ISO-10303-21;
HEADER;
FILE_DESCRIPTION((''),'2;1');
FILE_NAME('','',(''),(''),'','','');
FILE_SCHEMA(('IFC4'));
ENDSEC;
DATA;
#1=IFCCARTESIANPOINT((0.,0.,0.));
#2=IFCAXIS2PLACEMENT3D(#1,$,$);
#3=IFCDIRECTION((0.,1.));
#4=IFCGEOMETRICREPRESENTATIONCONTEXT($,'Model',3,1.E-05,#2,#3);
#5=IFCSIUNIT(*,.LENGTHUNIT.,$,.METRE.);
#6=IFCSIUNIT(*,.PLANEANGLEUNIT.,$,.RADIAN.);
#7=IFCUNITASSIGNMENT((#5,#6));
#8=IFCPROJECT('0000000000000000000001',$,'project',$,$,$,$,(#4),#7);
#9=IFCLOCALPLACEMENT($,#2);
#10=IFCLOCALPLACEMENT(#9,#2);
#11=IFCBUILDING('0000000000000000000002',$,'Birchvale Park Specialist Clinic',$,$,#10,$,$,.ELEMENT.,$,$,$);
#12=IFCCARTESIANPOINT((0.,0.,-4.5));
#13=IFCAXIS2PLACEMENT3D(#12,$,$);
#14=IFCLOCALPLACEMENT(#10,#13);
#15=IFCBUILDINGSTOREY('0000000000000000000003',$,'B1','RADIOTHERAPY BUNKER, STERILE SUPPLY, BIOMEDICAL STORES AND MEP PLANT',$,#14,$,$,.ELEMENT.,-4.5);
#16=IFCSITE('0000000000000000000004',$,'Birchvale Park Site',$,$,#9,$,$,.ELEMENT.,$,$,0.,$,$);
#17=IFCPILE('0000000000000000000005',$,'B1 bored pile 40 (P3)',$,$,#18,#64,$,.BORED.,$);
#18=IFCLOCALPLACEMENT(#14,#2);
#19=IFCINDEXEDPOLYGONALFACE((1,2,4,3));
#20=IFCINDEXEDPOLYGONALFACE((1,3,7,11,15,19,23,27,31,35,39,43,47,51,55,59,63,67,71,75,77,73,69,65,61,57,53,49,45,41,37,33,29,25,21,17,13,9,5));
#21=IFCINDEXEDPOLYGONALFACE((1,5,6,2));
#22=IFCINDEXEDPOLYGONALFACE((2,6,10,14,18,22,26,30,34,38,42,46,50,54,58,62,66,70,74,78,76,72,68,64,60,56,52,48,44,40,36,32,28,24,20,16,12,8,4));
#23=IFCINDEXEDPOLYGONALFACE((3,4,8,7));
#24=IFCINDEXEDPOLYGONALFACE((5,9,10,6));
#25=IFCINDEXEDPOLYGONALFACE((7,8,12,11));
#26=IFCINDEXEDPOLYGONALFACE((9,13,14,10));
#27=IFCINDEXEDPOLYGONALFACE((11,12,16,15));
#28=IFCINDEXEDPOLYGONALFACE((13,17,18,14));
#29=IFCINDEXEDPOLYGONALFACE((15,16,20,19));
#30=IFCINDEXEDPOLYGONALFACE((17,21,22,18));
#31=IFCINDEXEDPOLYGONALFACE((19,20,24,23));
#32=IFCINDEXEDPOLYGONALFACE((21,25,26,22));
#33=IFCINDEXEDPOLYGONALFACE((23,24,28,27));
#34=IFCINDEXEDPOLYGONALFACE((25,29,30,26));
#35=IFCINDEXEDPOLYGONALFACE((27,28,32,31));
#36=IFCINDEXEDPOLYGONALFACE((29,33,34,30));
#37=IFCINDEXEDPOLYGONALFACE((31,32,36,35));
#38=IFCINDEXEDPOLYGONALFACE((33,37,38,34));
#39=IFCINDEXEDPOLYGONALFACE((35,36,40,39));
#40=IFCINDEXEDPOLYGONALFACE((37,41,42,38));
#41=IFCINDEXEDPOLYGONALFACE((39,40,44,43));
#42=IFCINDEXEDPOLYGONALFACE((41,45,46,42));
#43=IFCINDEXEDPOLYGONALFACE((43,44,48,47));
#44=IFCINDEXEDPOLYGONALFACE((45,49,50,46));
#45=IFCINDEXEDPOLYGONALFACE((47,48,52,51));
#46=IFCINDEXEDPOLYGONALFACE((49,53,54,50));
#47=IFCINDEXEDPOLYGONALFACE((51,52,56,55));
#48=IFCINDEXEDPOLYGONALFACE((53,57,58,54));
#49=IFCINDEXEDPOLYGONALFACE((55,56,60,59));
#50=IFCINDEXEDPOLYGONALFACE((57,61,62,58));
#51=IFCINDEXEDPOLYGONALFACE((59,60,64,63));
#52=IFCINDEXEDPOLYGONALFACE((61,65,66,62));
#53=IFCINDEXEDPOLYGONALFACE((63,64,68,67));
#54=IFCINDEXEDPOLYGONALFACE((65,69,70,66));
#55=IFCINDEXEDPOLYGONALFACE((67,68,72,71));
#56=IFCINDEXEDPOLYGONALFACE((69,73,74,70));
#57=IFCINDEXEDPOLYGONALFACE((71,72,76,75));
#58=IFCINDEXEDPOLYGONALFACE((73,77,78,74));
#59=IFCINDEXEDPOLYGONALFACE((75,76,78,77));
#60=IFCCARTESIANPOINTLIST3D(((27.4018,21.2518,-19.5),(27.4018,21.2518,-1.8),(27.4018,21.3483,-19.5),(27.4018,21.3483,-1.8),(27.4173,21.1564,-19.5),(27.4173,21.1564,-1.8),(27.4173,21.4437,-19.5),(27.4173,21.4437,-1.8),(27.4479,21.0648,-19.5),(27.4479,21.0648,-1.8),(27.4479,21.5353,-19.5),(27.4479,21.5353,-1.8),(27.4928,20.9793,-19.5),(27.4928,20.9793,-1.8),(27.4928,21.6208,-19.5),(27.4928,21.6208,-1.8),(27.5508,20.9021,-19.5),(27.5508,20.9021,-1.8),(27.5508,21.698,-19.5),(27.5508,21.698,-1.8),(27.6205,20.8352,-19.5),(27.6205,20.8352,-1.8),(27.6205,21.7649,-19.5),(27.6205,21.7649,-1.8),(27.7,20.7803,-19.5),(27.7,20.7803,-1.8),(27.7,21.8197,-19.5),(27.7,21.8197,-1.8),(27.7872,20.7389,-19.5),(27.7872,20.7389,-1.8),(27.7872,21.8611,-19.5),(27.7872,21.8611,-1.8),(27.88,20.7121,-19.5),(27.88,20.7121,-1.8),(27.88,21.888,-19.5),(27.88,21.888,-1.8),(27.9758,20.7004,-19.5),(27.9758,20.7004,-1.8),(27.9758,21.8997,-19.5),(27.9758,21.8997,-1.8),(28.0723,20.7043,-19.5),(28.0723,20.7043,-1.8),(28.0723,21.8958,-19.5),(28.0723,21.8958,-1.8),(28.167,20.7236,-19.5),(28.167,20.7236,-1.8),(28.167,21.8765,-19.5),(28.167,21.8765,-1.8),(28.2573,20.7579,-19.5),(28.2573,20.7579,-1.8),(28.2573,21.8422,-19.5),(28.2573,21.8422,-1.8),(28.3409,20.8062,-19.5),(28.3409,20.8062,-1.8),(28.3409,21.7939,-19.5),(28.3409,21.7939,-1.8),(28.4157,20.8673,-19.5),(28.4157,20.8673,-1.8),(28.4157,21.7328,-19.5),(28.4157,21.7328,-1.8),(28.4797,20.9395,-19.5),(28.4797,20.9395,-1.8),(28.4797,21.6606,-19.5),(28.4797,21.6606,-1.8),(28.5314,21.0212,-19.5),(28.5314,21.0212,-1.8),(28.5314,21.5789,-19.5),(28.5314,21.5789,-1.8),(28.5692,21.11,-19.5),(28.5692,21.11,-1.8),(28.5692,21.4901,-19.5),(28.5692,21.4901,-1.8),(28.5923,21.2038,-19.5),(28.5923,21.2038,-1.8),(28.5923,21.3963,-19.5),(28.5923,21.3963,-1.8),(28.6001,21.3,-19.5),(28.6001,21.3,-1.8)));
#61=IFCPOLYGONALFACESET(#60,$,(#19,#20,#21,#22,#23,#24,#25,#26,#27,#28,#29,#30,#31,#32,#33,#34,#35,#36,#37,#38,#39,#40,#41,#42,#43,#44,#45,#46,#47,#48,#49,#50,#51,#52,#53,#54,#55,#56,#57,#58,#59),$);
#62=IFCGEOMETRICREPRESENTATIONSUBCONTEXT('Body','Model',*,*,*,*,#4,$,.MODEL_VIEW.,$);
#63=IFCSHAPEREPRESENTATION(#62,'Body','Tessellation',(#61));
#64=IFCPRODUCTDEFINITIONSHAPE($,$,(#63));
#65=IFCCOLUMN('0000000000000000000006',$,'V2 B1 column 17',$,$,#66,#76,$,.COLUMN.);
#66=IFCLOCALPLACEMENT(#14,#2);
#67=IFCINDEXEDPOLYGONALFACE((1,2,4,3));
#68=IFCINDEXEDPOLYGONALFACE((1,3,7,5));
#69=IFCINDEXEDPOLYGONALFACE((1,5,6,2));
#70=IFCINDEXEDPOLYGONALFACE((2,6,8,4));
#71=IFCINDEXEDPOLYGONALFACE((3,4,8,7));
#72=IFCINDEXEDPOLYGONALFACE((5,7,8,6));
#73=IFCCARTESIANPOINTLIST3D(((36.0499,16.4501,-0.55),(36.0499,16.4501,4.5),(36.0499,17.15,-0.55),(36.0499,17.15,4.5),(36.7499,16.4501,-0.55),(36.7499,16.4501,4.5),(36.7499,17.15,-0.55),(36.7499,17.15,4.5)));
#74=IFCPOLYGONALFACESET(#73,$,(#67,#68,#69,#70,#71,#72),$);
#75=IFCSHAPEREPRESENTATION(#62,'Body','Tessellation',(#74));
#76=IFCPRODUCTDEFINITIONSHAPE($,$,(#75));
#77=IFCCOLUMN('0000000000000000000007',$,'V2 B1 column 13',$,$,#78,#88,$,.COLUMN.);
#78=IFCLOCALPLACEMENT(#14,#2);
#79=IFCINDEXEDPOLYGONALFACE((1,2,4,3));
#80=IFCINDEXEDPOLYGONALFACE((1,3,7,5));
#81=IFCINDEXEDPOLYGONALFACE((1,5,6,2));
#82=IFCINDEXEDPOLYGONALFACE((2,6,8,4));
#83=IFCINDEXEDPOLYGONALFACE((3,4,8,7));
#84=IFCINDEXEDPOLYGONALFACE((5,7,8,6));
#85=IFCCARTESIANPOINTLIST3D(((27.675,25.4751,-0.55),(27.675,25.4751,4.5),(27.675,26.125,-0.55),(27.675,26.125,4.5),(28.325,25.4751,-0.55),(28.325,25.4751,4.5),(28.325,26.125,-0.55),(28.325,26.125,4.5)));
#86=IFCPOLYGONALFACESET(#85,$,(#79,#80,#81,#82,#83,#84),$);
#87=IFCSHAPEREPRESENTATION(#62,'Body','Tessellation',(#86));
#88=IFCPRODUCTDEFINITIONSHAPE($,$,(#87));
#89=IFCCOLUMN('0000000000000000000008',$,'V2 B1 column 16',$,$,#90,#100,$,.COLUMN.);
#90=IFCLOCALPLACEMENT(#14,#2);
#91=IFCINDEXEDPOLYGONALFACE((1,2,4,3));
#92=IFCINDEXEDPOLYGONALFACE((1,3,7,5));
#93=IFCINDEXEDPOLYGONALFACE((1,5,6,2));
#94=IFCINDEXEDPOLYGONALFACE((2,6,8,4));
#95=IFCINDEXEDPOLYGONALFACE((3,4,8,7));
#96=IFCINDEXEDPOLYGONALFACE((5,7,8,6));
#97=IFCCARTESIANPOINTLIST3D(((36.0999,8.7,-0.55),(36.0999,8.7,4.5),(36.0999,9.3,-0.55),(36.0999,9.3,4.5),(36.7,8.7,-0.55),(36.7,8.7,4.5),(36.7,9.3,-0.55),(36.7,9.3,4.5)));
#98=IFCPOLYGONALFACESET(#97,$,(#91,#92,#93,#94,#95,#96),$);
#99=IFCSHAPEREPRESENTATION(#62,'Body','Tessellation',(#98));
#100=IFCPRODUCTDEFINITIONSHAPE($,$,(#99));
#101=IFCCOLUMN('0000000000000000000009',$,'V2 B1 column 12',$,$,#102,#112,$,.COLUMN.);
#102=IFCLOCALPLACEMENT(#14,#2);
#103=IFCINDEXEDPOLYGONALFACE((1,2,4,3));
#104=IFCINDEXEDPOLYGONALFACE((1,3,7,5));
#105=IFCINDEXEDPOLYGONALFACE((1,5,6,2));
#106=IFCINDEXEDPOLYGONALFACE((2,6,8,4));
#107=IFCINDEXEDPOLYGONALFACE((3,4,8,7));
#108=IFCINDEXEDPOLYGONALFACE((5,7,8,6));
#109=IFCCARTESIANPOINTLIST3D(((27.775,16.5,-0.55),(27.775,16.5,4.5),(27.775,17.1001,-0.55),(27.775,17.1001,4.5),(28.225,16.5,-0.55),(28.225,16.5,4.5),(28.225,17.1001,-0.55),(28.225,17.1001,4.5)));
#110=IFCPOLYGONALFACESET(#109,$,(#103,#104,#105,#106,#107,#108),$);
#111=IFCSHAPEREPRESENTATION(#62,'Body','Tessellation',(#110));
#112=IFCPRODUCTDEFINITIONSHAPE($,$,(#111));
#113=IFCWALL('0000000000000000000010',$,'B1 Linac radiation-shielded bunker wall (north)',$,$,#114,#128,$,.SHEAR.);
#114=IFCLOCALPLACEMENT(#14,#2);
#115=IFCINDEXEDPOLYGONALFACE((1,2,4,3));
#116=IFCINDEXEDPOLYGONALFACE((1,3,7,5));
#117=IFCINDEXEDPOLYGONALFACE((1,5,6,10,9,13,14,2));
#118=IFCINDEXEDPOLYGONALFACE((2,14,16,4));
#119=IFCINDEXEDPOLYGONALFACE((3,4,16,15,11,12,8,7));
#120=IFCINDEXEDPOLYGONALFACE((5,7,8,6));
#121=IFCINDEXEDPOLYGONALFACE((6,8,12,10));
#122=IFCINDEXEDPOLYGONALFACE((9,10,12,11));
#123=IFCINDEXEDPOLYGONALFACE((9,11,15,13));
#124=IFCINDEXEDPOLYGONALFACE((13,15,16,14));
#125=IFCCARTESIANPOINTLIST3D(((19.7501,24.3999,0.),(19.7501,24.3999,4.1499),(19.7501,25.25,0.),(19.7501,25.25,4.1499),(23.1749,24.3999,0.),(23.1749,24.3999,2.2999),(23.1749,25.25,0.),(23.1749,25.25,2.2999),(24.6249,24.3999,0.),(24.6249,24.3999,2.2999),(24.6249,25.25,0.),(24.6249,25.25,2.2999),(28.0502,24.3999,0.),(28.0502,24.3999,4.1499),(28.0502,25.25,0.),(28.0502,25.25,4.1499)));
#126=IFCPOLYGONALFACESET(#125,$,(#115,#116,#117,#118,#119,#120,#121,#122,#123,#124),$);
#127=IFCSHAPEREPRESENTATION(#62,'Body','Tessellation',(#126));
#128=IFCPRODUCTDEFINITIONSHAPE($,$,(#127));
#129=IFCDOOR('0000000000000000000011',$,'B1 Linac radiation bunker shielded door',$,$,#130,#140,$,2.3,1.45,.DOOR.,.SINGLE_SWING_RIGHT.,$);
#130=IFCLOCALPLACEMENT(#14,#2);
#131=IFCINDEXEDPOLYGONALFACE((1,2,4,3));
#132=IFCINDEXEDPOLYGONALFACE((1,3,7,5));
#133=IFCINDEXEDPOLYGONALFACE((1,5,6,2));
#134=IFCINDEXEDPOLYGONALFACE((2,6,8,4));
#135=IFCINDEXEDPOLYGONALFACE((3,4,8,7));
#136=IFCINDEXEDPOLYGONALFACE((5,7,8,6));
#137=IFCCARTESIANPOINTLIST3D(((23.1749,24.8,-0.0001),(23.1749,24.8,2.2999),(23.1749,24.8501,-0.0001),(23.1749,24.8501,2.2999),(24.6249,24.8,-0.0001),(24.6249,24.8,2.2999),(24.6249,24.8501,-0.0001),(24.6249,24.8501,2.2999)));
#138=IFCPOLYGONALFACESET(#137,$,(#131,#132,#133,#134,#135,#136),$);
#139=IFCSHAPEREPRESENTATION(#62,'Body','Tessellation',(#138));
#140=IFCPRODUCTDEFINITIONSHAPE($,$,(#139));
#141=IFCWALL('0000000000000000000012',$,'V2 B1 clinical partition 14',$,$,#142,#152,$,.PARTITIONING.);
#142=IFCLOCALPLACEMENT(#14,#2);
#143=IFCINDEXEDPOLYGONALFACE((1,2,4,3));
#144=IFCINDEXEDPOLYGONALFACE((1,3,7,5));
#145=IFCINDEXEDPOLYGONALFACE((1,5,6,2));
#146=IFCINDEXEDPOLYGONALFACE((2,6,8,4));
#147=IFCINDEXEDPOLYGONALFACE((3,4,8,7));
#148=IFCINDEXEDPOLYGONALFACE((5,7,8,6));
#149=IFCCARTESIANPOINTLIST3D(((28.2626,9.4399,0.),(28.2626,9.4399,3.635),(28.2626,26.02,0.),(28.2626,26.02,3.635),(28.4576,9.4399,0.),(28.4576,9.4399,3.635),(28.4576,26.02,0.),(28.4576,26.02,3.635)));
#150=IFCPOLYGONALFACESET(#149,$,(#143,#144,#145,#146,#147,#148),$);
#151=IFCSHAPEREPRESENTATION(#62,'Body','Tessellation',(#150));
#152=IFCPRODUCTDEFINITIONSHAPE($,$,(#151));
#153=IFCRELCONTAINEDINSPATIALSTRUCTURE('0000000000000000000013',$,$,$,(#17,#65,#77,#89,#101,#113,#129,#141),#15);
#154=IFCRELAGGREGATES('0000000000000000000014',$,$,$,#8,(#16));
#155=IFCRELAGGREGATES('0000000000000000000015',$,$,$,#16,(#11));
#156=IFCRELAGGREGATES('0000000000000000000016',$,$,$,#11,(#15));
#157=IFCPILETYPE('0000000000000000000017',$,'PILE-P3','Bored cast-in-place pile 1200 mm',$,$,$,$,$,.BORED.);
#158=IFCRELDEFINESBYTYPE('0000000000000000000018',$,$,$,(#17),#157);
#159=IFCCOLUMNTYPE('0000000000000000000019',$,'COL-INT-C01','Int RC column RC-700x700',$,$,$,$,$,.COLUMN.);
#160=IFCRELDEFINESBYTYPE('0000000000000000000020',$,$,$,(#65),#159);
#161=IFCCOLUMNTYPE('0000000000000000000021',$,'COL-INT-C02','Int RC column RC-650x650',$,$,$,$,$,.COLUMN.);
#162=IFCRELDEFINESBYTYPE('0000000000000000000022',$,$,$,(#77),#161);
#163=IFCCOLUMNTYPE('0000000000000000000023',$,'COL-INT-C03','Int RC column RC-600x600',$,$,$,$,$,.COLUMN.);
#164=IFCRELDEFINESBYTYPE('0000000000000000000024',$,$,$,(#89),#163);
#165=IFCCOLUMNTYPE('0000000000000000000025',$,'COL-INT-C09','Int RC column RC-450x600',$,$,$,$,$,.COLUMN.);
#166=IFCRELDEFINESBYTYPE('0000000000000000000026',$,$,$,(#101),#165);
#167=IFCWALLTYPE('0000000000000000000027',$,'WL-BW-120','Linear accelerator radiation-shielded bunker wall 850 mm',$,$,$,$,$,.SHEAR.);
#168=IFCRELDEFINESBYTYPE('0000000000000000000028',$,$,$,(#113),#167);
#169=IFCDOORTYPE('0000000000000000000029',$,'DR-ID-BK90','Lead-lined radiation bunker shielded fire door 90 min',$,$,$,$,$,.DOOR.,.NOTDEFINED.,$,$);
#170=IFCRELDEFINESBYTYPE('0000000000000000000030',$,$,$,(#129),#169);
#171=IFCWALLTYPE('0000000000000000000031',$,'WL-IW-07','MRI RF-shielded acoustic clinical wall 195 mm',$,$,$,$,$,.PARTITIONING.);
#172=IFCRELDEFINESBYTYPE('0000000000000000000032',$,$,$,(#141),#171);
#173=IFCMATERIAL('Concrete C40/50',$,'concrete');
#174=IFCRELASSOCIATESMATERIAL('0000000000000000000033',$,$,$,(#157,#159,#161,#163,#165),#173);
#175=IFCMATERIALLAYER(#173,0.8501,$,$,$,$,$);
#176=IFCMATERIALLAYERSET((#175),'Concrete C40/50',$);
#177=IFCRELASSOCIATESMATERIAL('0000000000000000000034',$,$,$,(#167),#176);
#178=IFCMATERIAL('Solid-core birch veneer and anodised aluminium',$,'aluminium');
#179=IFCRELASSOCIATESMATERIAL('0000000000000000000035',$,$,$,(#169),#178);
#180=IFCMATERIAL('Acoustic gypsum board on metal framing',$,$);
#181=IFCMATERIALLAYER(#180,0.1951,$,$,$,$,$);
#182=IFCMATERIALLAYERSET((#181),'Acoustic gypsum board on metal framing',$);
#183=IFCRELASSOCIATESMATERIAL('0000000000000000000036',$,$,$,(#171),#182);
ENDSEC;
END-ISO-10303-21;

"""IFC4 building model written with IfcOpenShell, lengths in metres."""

from ifc_helpers import new_model, si_unit, direction, frame, frame_2d, origin, origin_2d, place, context, subcontext, project, spatial, rectangle, circle, extrude, material, layer, layer_set, material_profile, profile_set, type_object, element, fill, save


model = new_model("IFC4")

# Units and contexts
model_context = context("Model", 3, precision=1e-05, world=origin(), true_north=direction((0.0, 1.0)))
body_context = subcontext(model_context, "Body", "Model", "MODEL_VIEW")
ifc_project = project(units=[si_unit("LENGTHUNIT", "METRE"), si_unit("PLANEANGLEUNIT", "RADIAN")], contexts=[model_context])

# Site, building, storey
site_placement = place(None, origin())
site = spatial("IfcSite", under=ifc_project, at=site_placement, Name="Birchvale Park Site", CompositionType="ELEMENT", RefElevation=0.0)
building_placement = place(site_placement, origin())
building = spatial("IfcBuilding", under=site, at=building_placement, Name="Birchvale Park Specialist Clinic", CompositionType="ELEMENT")
storey_placement = place(building_placement, frame((0.0, 0.0, -4.5)))
storey = spatial("IfcBuildingStorey", under=building, at=storey_placement, Name="B1", Description="RADIOTHERAPY BUNKER, STERILE SUPPLY, BIOMEDICAL STORES AND MEP PLANT", CompositionType="ELEMENT", Elevation=-4.5)

# Shared definitions
ifc_material_1 = material(Name="Concrete C40/50", Category="concrete")

# Pile
ifc_material_profile_1 = material_profile(ifc_material_1, circle(Radius=0.6001, at=origin_2d()), Name="PILE-1200")
ifc_profile_set_1 = profile_set([ifc_material_profile_1], Name="Concrete C40/50")
pile_type_1 = type_object("IfcPileType", Name="PILE-P3", Description="Bored cast-in-place pile 1200 mm", PredefinedType="BORED", material=ifc_profile_set_1)
for number, where, z_axis, x_axis, name in (
    (1, (28.0, 21.3, -1.8), (0.0, 0.0, -1.0), (1.0, 0.0, 0.0), "B1 bored pile 40 (P3)"),
):
    element("IfcPile", number, at=place(storey_placement, frame(where, z_axis=z_axis, x_axis=x_axis)), inside=storey, type_object=pile_type_1, Name=name, PredefinedType="BORED", context=body_context, shape_type="SweptSolid", body=[
        extrude(circle(Radius=0.6001, at=origin_2d()), origin(), (0.0, 0.0, 1.0), 17.7),
    ])

# Columns
ifc_material_profile_2 = material_profile(ifc_material_1, rectangle(XDim=0.7, YDim=0.7, at=origin_2d()), Name="RC-700x700")
ifc_profile_set_2 = profile_set([ifc_material_profile_2], Name="Concrete C40/50")
column_type_1 = type_object("IfcColumnType", Name="COL-INT-C01", Description="Int RC column RC-700x700", PredefinedType="COLUMN", material=ifc_profile_set_2)
column_1_placement = place(storey_placement, frame((36.3999, 16.8, -0.55), z_axis=(0.0, 0.0, 1.0), x_axis=(1.0, 0.0, 0.0)))
element("IfcColumn", 2, at=column_1_placement, inside=storey, type_object=column_type_1, Name="V2 B1 column 17", PredefinedType="COLUMN", context=body_context, shape_type="SweptSolid", body=[
    extrude(rectangle(XDim=0.7, YDim=0.7, at=origin_2d()), origin(), (0.0, 0.0, 1.0), 5.05),
])
ifc_material_profile_3 = material_profile(ifc_material_1, rectangle(XDim=0.6499, YDim=0.6499, at=origin_2d()), Name="RC-650x650")
ifc_profile_set_3 = profile_set([ifc_material_profile_3], Name="Concrete C40/50")
column_type_2 = type_object("IfcColumnType", Name="COL-INT-C02", Description="Int RC column RC-650x650", PredefinedType="COLUMN", material=ifc_profile_set_3)
column_2_placement = place(storey_placement, frame((28.0, 25.8, -0.55), z_axis=(0.0, 0.0, 1.0), x_axis=(1.0, 0.0, 0.0)))
element("IfcColumn", 3, at=column_2_placement, inside=storey, type_object=column_type_2, Name="V2 B1 column 13", PredefinedType="COLUMN", context=body_context, shape_type="SweptSolid", body=[
    extrude(rectangle(XDim=0.6499, YDim=0.6499, at=origin_2d()), origin(), (0.0, 0.0, 1.0), 5.05),
])
ifc_material_profile_4 = material_profile(ifc_material_1, rectangle(XDim=0.6001, YDim=0.6001, at=origin_2d()), Name="RC-600x600")
ifc_profile_set_4 = profile_set([ifc_material_profile_4], Name="Concrete C40/50")
column_type_3 = type_object("IfcColumnType", Name="COL-INT-C03", Description="Int RC column RC-600x600", PredefinedType="COLUMN", material=ifc_profile_set_4)
column_3_placement = place(storey_placement, frame((36.3999, 9.0, -0.55), z_axis=(0.0, 0.0, 1.0), x_axis=(1.0, 0.0, 0.0)))
element("IfcColumn", 4, at=column_3_placement, inside=storey, type_object=column_type_3, Name="V2 B1 column 16", PredefinedType="COLUMN", context=body_context, shape_type="SweptSolid", body=[
    extrude(rectangle(XDim=0.6001, YDim=0.6001, at=origin_2d()), origin(), (0.0, 0.0, 1.0), 5.05),
])
ifc_material_profile_5 = material_profile(ifc_material_1, rectangle(XDim=0.45, YDim=0.6001, at=origin_2d()), Name="RC-450x600")
ifc_profile_set_5 = profile_set([ifc_material_profile_5], Name="Concrete C40/50")
column_type_4 = type_object("IfcColumnType", Name="COL-INT-C09", Description="Int RC column RC-450x600", PredefinedType="COLUMN", material=ifc_profile_set_5)
column_4_placement = place(storey_placement, frame((28.0, 16.8, -0.55), z_axis=(0.0, 0.0, 1.0), x_axis=(1.0, 0.0, 0.0)))
element("IfcColumn", 5, at=column_4_placement, inside=storey, type_object=column_type_4, Name="V2 B1 column 12", PredefinedType="COLUMN", context=body_context, shape_type="SweptSolid", body=[
    extrude(rectangle(XDim=0.45, YDim=0.6001, at=origin_2d()), origin(), (0.0, 0.0, 1.0), 5.05),
])

# Wall, opening, door
ifc_layer_1 = layer(ifc_material_1, 0.8501)
ifc_layer_set_1 = layer_set([ifc_layer_1], Name="Concrete C40/50")
wall_type_1 = type_object("IfcWallType", Name="WL-BW-120", Description="Linear accelerator radiation-shielded bunker wall 850 mm", PredefinedType="SHEAR", material=ifc_layer_set_1)
wall_1_placement = place(storey_placement, frame((28.05, 24.825, 0.0), z_axis=(0.0, 0.0, 1.0), x_axis=(-1.0, 0.0, 0.0)))
wall_1 = element("IfcWall", 6, at=wall_1_placement, inside=storey, type_object=wall_type_1, Name="B1 Linac radiation-shielded bunker wall (north)", PredefinedType="SHEAR", context=body_context, shape_type="SweptSolid", body=[
    extrude(rectangle(XDim=8.3, YDim=0.8501, at=frame_2d((4.1499, 0.0))), origin(), (0.0, 0.0, 1.0), 4.1499),
])
opening_placement = place(wall_1_placement, frame((3.425, 0.0, 0.0)))
opening = element("IfcOpeningElement", 7, at=opening_placement, cuts=wall_1, PredefinedType="OPENING", context=body_context, shape_type="SweptSolid", body=[
    extrude(rectangle(XDim=1.45, YDim=2.3, at=frame_2d((0.7251, 1.1499))), frame((0.0, 0.4351, 0.0), z_axis=(0.0, -1.0, 0.0), x_axis=(1.0, 0.0, 0.0)), (0.0, 0.0, 1.0), 0.8701),
])
ifc_material_2 = material(Name="Solid-core birch veneer and anodised aluminium", Category="aluminium")
door_type = type_object("IfcDoorType", Name="DR-ID-BK90", Description="Lead-lined radiation bunker shielded fire door 90 min", OperationType="NOTDEFINED", PredefinedType="DOOR", material=ifc_material_2)
door_placement = place(opening_placement, origin())
door = element("IfcDoor", 8, at=door_placement, inside=storey, type_object=door_type, Name="B1 Linac radiation bunker shielded door", OperationType="SINGLE_SWING_RIGHT", OverallHeight=2.3, OverallWidth=1.45, PredefinedType="DOOR", context=body_context, shape_type="SweptSolid", body=[
    extrude(rectangle(XDim=1.45, YDim=2.3, at=frame_2d((0.7251, 1.1499))), frame((0.0, 0.0249, 0.0), z_axis=(0.0, -1.0, 0.0), x_axis=(1.0, 0.0, 0.0)), (0.0, 0.0, 1.0), 0.05),
])
fill(opening, door)

# Wall
ifc_material_3 = material(Name="Acoustic gypsum board on metal framing")
ifc_layer_2 = layer(ifc_material_3, 0.1951)
ifc_layer_set_2 = layer_set([ifc_layer_2], Name="Acoustic gypsum board on metal framing")
wall_type_2 = type_object("IfcWallType", Name="WL-IW-07", Description="MRI RF-shielded acoustic clinical wall 195 mm", PredefinedType="PARTITIONING", material=ifc_layer_set_2)
wall_2_placement = place(storey_placement, frame((28.3601, 9.4399, 0.0), z_axis=(0.0, 0.0, 1.0), x_axis=(0.0, 1.0, 0.0)))
element("IfcWall", 9, at=wall_2_placement, inside=storey, type_object=wall_type_2, Name="V2 B1 clinical partition 14", PredefinedType="PARTITIONING", context=body_context, shape_type="SweptSolid", body=[
    extrude(rectangle(XDim=16.5801, YDim=0.1951, at=frame_2d((8.29, 0.0))), origin(), (0.0, 0.0, 1.0), 3.635),
])

save(model, "model.ifc")
